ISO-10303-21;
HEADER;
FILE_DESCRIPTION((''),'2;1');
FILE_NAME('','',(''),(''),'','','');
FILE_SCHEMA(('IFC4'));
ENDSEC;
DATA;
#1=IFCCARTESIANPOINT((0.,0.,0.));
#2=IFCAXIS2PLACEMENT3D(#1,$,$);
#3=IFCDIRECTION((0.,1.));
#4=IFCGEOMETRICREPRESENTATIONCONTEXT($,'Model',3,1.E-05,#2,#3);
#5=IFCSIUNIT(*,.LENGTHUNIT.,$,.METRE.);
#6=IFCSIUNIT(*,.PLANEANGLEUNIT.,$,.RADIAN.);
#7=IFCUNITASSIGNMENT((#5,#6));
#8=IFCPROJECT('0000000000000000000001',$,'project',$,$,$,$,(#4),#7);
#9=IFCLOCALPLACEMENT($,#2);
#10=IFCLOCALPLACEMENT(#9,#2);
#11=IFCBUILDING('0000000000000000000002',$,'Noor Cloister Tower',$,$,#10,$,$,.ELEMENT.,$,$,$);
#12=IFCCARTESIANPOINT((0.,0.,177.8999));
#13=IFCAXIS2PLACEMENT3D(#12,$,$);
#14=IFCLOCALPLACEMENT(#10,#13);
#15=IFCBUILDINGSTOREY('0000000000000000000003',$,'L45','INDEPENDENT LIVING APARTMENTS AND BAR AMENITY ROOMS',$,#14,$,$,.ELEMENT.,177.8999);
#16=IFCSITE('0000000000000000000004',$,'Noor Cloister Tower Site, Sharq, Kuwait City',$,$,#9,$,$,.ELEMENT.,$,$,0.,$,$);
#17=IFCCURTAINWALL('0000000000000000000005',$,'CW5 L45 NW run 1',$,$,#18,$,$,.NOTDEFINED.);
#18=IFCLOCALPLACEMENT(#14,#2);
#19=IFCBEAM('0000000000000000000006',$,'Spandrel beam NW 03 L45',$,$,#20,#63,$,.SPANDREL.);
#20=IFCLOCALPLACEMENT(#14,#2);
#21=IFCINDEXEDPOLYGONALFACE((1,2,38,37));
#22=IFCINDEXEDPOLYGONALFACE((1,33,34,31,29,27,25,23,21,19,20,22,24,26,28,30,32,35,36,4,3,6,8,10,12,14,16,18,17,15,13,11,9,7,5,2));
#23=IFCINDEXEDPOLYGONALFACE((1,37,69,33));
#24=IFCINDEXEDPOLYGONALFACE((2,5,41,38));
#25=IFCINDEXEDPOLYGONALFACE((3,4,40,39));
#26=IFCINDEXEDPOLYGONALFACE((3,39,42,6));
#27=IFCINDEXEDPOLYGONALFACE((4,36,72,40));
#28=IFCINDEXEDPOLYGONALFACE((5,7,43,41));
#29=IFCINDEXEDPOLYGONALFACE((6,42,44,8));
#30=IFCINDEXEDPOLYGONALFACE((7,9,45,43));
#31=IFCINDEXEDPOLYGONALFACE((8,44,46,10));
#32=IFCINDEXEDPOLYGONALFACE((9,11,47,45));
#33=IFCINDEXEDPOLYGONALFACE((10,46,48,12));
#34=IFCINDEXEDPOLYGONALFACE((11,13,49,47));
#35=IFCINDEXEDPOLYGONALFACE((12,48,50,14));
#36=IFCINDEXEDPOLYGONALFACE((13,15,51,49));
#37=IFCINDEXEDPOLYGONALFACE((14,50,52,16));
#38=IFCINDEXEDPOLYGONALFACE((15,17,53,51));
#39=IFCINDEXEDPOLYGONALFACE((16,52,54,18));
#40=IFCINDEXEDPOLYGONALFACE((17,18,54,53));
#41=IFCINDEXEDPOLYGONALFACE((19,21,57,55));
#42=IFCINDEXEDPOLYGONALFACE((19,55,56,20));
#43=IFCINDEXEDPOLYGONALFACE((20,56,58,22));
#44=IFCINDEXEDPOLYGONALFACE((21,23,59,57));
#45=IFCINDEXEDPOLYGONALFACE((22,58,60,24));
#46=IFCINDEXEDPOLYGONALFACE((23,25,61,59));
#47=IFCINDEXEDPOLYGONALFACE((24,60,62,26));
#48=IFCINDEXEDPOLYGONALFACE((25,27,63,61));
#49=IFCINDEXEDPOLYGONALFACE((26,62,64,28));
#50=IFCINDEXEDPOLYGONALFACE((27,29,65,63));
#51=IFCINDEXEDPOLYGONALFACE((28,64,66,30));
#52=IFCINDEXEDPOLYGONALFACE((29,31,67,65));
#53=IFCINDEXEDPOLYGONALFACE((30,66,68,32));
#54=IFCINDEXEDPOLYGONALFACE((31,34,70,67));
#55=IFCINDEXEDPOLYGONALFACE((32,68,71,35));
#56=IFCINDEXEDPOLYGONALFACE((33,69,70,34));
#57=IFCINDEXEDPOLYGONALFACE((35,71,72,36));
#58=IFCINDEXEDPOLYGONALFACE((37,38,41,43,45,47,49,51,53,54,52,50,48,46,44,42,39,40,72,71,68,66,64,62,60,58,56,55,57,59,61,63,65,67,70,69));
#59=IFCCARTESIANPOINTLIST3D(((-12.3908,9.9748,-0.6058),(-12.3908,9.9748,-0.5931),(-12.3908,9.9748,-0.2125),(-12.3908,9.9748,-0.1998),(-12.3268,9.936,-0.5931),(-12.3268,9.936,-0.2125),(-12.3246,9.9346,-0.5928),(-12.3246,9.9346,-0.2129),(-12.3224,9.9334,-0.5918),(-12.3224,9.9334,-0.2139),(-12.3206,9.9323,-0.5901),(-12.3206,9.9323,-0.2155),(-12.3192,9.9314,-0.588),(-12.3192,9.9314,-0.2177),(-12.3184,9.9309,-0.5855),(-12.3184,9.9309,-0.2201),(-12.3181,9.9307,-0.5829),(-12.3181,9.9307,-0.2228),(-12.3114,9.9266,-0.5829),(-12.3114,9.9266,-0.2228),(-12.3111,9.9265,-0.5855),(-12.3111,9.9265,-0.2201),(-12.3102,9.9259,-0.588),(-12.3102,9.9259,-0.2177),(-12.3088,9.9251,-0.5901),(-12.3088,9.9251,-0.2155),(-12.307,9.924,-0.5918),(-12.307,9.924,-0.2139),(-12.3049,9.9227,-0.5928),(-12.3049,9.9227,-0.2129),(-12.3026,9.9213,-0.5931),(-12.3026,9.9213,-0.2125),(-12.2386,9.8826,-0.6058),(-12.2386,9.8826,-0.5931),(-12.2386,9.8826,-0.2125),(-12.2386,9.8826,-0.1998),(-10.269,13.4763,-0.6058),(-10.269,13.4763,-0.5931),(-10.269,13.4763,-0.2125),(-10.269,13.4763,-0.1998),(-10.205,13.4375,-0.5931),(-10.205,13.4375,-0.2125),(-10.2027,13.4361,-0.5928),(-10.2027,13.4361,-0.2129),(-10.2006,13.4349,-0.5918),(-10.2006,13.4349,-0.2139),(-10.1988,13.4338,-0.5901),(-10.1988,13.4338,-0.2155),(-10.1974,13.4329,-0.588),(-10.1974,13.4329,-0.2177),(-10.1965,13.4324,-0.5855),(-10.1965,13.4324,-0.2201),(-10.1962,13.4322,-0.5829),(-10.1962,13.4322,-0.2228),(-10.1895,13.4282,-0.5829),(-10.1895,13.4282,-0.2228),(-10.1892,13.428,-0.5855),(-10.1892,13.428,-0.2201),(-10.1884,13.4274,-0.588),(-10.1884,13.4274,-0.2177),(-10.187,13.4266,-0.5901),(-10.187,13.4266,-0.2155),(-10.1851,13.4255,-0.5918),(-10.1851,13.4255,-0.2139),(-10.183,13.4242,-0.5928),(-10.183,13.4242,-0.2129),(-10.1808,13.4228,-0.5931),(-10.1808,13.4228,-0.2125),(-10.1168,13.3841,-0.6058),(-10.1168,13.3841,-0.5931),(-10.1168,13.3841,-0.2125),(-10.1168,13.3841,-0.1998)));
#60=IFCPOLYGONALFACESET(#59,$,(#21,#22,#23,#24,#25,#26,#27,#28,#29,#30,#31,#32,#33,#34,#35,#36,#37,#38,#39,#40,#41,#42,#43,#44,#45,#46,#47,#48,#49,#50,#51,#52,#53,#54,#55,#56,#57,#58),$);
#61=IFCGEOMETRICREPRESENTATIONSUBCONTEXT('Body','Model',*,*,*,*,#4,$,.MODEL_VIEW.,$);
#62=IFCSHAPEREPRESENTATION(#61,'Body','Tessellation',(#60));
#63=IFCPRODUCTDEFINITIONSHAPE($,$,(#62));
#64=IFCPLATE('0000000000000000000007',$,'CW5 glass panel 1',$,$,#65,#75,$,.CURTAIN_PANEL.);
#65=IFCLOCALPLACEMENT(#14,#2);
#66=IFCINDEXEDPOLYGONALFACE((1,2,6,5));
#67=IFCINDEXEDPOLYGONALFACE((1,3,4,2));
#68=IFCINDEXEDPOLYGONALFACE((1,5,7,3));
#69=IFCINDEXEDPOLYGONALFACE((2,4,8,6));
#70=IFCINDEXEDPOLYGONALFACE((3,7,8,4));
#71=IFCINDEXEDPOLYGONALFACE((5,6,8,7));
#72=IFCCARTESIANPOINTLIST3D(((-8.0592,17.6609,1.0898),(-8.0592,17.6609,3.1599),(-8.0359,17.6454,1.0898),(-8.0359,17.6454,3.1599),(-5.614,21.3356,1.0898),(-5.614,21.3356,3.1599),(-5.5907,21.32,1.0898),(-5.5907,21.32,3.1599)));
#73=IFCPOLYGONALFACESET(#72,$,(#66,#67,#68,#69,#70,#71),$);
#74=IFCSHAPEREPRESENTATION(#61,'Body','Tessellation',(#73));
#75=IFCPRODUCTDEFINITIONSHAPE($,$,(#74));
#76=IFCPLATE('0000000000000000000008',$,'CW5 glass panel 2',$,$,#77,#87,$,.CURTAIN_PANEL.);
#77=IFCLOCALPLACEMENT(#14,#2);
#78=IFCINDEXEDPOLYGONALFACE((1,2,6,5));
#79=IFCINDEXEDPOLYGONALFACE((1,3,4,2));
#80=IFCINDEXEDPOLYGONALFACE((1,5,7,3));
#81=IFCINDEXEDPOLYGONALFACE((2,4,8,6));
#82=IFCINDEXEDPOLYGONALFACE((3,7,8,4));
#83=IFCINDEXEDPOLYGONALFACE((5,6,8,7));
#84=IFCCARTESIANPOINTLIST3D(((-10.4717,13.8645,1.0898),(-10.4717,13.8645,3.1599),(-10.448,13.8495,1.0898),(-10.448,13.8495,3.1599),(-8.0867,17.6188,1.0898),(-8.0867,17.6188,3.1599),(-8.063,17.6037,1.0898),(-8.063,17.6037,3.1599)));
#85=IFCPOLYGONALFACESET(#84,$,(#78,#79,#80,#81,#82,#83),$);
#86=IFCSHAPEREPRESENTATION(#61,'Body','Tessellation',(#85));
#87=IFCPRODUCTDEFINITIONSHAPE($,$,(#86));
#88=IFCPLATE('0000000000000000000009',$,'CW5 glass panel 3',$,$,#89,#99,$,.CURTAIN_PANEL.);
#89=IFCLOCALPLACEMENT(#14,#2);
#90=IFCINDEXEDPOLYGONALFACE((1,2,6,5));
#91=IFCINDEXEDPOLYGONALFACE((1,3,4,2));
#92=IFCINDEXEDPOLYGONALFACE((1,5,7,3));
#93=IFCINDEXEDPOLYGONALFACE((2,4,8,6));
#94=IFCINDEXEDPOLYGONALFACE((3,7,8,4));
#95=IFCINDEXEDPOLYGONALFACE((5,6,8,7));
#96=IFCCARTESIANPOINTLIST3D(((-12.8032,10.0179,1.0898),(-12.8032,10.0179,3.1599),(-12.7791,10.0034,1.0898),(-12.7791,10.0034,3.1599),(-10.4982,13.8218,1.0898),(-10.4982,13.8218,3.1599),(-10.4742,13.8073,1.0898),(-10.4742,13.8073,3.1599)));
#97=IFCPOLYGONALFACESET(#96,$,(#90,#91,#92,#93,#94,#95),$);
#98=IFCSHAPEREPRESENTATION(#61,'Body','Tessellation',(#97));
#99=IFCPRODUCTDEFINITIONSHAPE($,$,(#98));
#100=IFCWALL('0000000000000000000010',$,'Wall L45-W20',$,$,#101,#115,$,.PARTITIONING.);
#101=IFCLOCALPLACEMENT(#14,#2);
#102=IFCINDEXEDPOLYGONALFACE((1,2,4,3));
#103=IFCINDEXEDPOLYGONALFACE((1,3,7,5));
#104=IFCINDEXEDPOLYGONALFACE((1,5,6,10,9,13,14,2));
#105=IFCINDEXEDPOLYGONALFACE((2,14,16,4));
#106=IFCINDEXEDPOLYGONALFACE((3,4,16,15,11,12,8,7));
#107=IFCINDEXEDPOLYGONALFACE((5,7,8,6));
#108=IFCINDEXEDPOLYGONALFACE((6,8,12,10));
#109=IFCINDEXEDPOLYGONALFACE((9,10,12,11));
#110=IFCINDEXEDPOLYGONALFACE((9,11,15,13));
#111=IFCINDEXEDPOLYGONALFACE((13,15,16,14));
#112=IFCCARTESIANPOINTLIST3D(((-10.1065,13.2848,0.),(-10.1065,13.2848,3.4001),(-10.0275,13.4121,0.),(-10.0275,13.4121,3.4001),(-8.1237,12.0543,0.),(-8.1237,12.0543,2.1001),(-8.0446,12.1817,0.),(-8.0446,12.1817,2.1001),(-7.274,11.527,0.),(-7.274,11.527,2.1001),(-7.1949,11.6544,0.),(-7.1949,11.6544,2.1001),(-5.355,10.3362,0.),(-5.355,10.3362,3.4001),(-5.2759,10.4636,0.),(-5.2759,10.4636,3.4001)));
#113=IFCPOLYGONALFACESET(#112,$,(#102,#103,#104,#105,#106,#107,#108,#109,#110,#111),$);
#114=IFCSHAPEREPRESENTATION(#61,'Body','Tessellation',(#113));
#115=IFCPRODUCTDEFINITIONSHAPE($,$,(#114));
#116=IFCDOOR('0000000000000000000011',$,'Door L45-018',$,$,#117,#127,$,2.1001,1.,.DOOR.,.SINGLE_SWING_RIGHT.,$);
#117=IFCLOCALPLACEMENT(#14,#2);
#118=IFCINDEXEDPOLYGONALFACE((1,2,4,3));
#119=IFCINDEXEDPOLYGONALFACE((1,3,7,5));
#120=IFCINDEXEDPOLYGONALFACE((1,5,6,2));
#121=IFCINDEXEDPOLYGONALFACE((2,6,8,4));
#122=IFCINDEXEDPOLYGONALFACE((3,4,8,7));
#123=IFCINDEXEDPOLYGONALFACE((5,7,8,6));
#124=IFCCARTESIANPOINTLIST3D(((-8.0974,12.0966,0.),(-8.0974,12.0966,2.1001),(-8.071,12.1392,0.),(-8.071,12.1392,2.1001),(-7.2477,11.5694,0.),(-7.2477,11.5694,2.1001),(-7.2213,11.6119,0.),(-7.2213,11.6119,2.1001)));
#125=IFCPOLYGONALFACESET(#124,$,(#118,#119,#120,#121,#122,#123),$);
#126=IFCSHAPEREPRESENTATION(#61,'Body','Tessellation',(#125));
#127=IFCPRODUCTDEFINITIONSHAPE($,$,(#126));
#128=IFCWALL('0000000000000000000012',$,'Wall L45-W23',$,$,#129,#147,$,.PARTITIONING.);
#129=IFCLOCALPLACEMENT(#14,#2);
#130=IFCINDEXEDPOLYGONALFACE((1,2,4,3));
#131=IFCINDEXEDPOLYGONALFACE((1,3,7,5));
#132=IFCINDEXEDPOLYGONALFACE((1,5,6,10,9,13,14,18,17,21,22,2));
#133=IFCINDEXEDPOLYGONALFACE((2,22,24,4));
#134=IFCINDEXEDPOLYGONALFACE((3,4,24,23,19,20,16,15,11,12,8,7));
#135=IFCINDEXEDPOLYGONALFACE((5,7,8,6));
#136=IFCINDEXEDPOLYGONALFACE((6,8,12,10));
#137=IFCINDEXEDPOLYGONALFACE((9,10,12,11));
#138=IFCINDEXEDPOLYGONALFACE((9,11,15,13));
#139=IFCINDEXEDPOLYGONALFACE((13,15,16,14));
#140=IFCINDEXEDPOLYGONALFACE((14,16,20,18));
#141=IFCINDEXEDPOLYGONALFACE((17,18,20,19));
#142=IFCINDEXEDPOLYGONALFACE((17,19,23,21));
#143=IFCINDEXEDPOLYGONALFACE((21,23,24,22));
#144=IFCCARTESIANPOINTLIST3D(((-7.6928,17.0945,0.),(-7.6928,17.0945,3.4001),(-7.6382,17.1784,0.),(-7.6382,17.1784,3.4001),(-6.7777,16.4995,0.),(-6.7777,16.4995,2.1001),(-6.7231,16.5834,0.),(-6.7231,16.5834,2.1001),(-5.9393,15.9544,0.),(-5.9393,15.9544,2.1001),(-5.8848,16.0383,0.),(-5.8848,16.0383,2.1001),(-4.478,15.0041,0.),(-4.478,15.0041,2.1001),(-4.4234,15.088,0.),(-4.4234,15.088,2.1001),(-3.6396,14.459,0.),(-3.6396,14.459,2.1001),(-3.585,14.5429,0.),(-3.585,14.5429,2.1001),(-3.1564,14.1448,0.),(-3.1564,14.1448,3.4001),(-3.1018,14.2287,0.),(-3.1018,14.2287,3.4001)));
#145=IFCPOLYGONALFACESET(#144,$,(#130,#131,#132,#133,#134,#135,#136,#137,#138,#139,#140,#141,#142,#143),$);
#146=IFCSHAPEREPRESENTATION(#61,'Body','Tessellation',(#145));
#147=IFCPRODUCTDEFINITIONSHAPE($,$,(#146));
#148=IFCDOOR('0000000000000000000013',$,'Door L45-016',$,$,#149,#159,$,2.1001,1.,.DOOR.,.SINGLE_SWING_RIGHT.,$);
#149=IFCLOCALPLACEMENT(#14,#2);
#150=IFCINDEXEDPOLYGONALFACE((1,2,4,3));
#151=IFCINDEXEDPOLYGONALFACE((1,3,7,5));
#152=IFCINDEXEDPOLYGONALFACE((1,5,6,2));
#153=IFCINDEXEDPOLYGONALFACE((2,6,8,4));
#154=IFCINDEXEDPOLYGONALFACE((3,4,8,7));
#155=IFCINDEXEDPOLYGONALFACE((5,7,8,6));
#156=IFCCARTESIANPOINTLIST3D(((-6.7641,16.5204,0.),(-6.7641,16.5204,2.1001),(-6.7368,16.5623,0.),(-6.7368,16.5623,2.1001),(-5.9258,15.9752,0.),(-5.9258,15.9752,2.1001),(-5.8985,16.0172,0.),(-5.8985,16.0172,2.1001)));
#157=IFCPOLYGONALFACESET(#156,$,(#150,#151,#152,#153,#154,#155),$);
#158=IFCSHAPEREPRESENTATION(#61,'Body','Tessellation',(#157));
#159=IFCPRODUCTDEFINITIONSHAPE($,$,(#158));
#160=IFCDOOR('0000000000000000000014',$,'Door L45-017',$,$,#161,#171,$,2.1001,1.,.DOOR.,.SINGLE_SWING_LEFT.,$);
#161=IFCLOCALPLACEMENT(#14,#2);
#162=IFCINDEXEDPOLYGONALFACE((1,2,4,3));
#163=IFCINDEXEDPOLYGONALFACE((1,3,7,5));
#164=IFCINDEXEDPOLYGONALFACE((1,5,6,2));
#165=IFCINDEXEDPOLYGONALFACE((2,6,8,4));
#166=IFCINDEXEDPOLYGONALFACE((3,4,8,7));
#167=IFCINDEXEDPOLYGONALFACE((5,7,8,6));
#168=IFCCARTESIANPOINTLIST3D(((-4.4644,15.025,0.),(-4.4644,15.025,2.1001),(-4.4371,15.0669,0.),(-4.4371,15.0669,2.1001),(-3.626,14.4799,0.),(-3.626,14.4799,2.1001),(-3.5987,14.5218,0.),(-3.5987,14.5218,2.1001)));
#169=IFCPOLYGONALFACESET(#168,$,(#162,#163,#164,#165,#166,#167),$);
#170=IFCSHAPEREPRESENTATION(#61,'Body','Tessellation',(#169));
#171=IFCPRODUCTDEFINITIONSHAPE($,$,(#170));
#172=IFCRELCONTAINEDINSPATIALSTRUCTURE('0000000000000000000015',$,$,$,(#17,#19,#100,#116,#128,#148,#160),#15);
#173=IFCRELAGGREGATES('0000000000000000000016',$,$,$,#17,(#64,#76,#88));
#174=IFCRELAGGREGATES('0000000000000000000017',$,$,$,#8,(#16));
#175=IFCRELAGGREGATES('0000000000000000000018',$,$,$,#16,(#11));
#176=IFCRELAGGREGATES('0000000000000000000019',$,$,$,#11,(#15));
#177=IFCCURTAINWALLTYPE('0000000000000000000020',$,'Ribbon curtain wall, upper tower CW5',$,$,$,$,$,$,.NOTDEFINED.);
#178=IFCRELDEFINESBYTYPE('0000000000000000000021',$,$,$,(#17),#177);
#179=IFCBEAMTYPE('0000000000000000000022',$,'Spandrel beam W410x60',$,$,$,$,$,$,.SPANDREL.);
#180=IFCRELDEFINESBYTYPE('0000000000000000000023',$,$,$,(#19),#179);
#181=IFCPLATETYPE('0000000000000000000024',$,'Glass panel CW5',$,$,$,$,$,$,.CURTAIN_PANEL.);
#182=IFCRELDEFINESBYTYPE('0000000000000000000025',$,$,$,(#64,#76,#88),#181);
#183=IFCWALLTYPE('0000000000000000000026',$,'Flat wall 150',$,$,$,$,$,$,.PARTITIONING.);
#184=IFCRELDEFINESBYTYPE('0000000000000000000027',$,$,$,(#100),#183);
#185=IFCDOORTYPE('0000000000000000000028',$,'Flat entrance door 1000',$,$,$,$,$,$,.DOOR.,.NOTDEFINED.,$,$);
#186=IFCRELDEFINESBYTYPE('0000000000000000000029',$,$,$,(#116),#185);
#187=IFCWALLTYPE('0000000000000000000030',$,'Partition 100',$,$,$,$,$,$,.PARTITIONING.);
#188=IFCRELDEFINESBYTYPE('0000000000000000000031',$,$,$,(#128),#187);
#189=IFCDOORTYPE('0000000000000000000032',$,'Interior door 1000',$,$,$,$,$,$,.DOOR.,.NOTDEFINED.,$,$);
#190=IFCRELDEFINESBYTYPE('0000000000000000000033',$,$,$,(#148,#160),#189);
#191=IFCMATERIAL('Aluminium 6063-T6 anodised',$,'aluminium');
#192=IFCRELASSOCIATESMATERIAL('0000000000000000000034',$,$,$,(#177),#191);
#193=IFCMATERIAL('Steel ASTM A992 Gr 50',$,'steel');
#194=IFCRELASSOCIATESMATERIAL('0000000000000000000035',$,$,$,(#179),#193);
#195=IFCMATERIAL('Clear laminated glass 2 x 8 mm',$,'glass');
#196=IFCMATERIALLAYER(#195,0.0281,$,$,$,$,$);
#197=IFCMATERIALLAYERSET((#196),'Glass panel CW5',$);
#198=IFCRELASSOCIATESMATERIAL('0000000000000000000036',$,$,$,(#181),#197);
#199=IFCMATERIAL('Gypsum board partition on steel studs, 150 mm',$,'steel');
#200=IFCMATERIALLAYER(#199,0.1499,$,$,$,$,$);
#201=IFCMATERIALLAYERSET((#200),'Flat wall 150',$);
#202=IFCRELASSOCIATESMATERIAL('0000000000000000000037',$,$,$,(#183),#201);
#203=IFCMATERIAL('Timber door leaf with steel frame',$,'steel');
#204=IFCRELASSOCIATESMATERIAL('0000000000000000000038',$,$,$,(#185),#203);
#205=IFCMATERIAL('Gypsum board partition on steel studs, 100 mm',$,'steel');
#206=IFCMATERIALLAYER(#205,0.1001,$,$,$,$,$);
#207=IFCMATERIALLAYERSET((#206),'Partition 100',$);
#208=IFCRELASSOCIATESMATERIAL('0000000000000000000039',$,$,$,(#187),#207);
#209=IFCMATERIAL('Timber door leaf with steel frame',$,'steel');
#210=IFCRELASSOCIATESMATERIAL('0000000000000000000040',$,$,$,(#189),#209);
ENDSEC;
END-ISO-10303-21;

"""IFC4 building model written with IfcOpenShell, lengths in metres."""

from ifc_helpers import new_model, si_unit, direction, frame, frame_2d, origin, origin_2d, place, context, subcontext, project, spatial, rectangle, i_section, extrude, material, layer, layer_set, material_profile, profile_set, type_object, element, fill, aggregate, save


model = new_model("IFC4")

# Units and contexts
model_context = context("Model", 3, precision=1e-05, world=origin(), true_north=direction((0.0, 1.0)))
body_context = subcontext(model_context, "Body", "Model", "MODEL_VIEW")
ifc_project = project(units=[si_unit("LENGTHUNIT", "METRE"), si_unit("PLANEANGLEUNIT", "RADIAN")], contexts=[model_context])

# Site, building, storey
site_placement = place(None, origin())
site = spatial("IfcSite", under=ifc_project, at=site_placement, Name="Noor Cloister Tower Site, Sharq, Kuwait City", CompositionType="ELEMENT", RefElevation=0.0)
building_placement = place(site_placement, origin())
building = spatial("IfcBuilding", under=site, at=building_placement, Name="Noor Cloister Tower", CompositionType="ELEMENT")
storey_placement = place(building_placement, frame((0.0, 0.0, 177.8999)))
storey = spatial("IfcBuildingStorey", under=building, at=storey_placement, Name="L45", Description="INDEPENDENT LIVING APARTMENTS AND BAR AMENITY ROOMS", CompositionType="ELEMENT", Elevation=177.8999)

# Curtain wall
ifc_material_1 = material(Name="Aluminium 6063-T6 anodised", Category="aluminium")
curtain_wall_type = type_object("IfcCurtainWallType", Name="Ribbon curtain wall, upper tower CW5", PredefinedType="NOTDEFINED", material=ifc_material_1)
curtain_wall_placement = place(storey_placement, origin())
curtain_wall = element("IfcCurtainWall", 1, at=curtain_wall_placement, inside=storey, type_object=curtain_wall_type, Name="CW5 L45 NW run 1", PredefinedType="NOTDEFINED")

# Beam
ifc_material_2 = material(Name="Steel ASTM A992 Gr 50", Category="steel")
ifc_material_profile_1 = material_profile(ifc_material_2, i_section(OverallWidth=0.178, OverallDepth=0.406, WebThickness=0.0078, FlangeThickness=0.0127, FilletRadius=0.0103, at=origin_2d()), Name="W410x60")
ifc_profile_set_1 = profile_set([ifc_material_profile_1], Name="Steel ASTM A992 Gr 50")
beam_type_1 = type_object("IfcBeamType", Name="Spandrel beam W410x60", PredefinedType="SPANDREL", material=ifc_profile_set_1)
for number, where, z_axis, x_axis, name in (
    (2, (-10.1929, 13.4302, -0.4028), (-0.518253, -0.855227, 0.0), (0.855227, -0.518253, 0.0), "Spandrel beam NW 03 L45"),
):
    element("IfcBeam", number, at=place(storey_placement, frame(where, z_axis=z_axis, x_axis=x_axis)), inside=storey, type_object=beam_type_1, Name=name, PredefinedType="SPANDREL", context=body_context, shape_type="SweptSolid", body=[
        extrude(i_section(OverallWidth=0.178, OverallDepth=0.406, WebThickness=0.0078, FlangeThickness=0.0127, FilletRadius=0.0103, at=origin_2d()), origin(), (0.0, 0.0, 1.0), 4.0942),
    ])

# Plates
ifc_material_3 = material(Name="Clear laminated glass 2 x 8 mm", Category="glass")
ifc_layer_1 = layer(ifc_material_3, 0.0281)
ifc_layer_set_1 = layer_set([ifc_layer_1], Name="Glass panel CW5")
plate_type = type_object("IfcPlateType", Name="Glass panel CW5", PredefinedType="CURTAIN_PANEL", material=ifc_layer_set_1)
plate_1_placement = place(storey_placement, frame((-6.825, 19.4905, 1.0898), z_axis=(0.0, 0.0, 1.0), x_axis=(-0.553985, -0.832527, 0.0)))
plate_1 = element("IfcPlate", 3, at=plate_1_placement, type_object=plate_type, Name="CW5 glass panel 1", PredefinedType="CURTAIN_PANEL", context=body_context, shape_type="SweptSolid", body=[
    extrude(rectangle(XDim=4.4138, YDim=0.0281, at=origin_2d()), origin(), (0.0, 0.0, 1.0), 2.0701),
])
plate_2_placement = place(storey_placement, frame((-9.2673, 15.7341, 1.0898), z_axis=(0.0, 0.0, 1.0), x_axis=(-0.536228, -0.844073, 0.0)))
plate_2 = element("IfcPlate", 4, at=plate_2_placement, type_object=plate_type, Name="CW5 glass panel 2", PredefinedType="CURTAIN_PANEL", context=body_context, shape_type="SweptSolid", body=[
    extrude(rectangle(XDim=4.4478, YDim=0.0281, at=origin_2d()), origin(), (0.0, 0.0, 1.0), 2.0701),
])
plate_3_placement = place(storey_placement, frame((-11.6387, 11.9126, 1.0898), z_axis=(0.0, 0.0, 1.0), x_axis=(-0.51823, -0.855241, 0.0)))
plate_3 = element("IfcPlate", 5, at=plate_3_placement, type_object=plate_type, Name="CW5 glass panel 3", PredefinedType="CURTAIN_PANEL", context=body_context, shape_type="SweptSolid", body=[
    extrude(rectangle(XDim=4.4478, YDim=0.0281, at=origin_2d()), origin(), (0.0, 0.0, 1.0), 2.0701),
])
aggregate(curtain_wall, [plate_1, plate_2, plate_3])

# Wall, opening, door
ifc_material_4 = material(Name="Gypsum board partition on steel studs, 150 mm", Category="steel")
ifc_layer_2 = layer(ifc_material_4, 0.1499)
ifc_layer_set_2 = layer_set([ifc_layer_2], Name="Flat wall 150")
wall_type_1 = type_object("IfcWallType", Name="Flat wall 150", PredefinedType="PARTITIONING", material=ifc_layer_set_2)
wall_1_placement = place(storey_placement, frame((-10.0669, 13.3484, 0.0), z_axis=(0.0, 0.0, 1.0), x_axis=(0.849696, -0.527273, 0.0)))
wall_1 = element("IfcWall", 6, at=wall_1_placement, inside=storey, type_object=wall_type_1, Name="Wall L45-W20", PredefinedType="PARTITIONING", context=body_context, shape_type="SweptSolid", body=[
    extrude(rectangle(XDim=5.592, YDim=0.1499, at=frame_2d((2.7959, 0.0))), origin(), (0.0, 0.0, 1.0), 3.4001),
])
opening_1_placement = place(wall_1_placement, frame((2.3335, 0.0, 0.0)))
opening_1 = element("IfcOpeningElement", 7, at=opening_1_placement, cuts=wall_1, PredefinedType="OPENING", context=body_context, shape_type="SweptSolid", body=[
    extrude(rectangle(XDim=1.0, YDim=2.1001, at=frame_2d((0.5, 1.05))), frame((0.0, 0.085, 0.0), z_axis=(0.0, -1.0, 0.0), x_axis=(1.0, 0.0, 0.0)), (0.0, 0.0, 1.0), 0.1699),
])
ifc_material_5 = material(Name="Timber door leaf with steel frame", Category="steel")
door_type_1 = type_object("IfcDoorType", Name="Flat entrance door 1000", OperationType="NOTDEFINED", PredefinedType="DOOR", material=ifc_material_5)
door_1_placement = place(opening_1_placement, origin())
door_1 = element("IfcDoor", 8, at=door_1_placement, inside=storey, type_object=door_type_1, Name="Door L45-018", OperationType="SINGLE_SWING_RIGHT", OverallHeight=2.1001, OverallWidth=1.0, PredefinedType="DOOR", context=body_context, shape_type="SweptSolid", body=[
    extrude(rectangle(XDim=1.0, YDim=2.1001, at=frame_2d((0.5, 1.05))), frame((0.0, 0.0249, 0.0), z_axis=(0.0, -1.0, 0.0), x_axis=(1.0, 0.0, 0.0)), (0.0, 0.0, 1.0), 0.05),
])
fill(opening_1, door_1)

# Wall, openings, doors
ifc_material_6 = material(Name="Gypsum board partition on steel studs, 100 mm", Category="steel")
ifc_layer_3 = layer(ifc_material_6, 0.1001)
ifc_layer_set_3 = layer_set([ifc_layer_3], Name="Partition 100")
wall_type_2 = type_object("IfcWallType", Name="Partition 100", PredefinedType="PARTITIONING", material=ifc_layer_set_3)
wall_2_placement = place(storey_placement, frame((-7.6655, 17.1365, 0.0), z_axis=(0.0, 0.0, 1.0), x_axis=(0.838354, -0.545126, 0.0)))
wall_2 = element("IfcWall", 9, at=wall_2_placement, inside=storey, type_object=wall_type_2, Name="Wall L45-W23", PredefinedType="PARTITIONING", context=body_context, shape_type="SweptSolid", body=[
    extrude(rectangle(XDim=5.4111, YDim=0.1001, at=frame_2d((2.7056, 0.0))), origin(), (0.0, 0.0, 1.0), 3.4001),
])
opening_2_placement = place(wall_2_placement, frame((1.0916, 0.0, 0.0)))
opening_2 = element("IfcOpeningElement", 10, at=opening_2_placement, cuts=wall_2, PredefinedType="OPENING", context=body_context, shape_type="SweptSolid", body=[
    extrude(rectangle(XDim=1.0, YDim=2.1001, at=frame_2d((0.5, 1.05))), frame((0.0, 0.0601, 0.0), z_axis=(0.0, -1.0, 0.0), x_axis=(1.0, 0.0, 0.0)), (0.0, 0.0, 1.0), 0.1201),
])
opening_3_placement = place(wall_2_placement, frame((3.8347, 0.0, 0.0)))
opening_3 = element("IfcOpeningElement", 11, at=opening_3_placement, cuts=wall_2, PredefinedType="OPENING", context=body_context, shape_type="SweptSolid", body=[
    extrude(rectangle(XDim=1.0, YDim=2.1001, at=frame_2d((0.5, 1.05))), frame((0.0, 0.0601, 0.0), z_axis=(0.0, -1.0, 0.0), x_axis=(1.0, 0.0, 0.0)), (0.0, 0.0, 1.0), 0.1201),
])
ifc_material_7 = material(Name="Timber door leaf with steel frame", Category="steel")
door_type_2 = type_object("IfcDoorType", Name="Interior door 1000", OperationType="NOTDEFINED", PredefinedType="DOOR", material=ifc_material_7)
door_2_placement = place(opening_2_placement, origin())
door_2 = element("IfcDoor", 12, at=door_2_placement, inside=storey, type_object=door_type_2, Name="Door L45-016", OperationType="SINGLE_SWING_RIGHT", OverallHeight=2.1001, OverallWidth=1.0, PredefinedType="DOOR", context=body_context, shape_type="SweptSolid", body=[
    extrude(rectangle(XDim=1.0, YDim=2.1001, at=frame_2d((0.5, 1.05))), frame((0.0, 0.0249, 0.0), z_axis=(0.0, -1.0, 0.0), x_axis=(1.0, 0.0, 0.0)), (0.0, 0.0, 1.0), 0.05),
])
fill(opening_2, door_2)
door_3_placement = place(opening_3_placement, origin())
door_3 = element("IfcDoor", 13, at=door_3_placement, inside=storey, type_object=door_type_2, Name="Door L45-017", OperationType="SINGLE_SWING_LEFT", OverallHeight=2.1001, OverallWidth=1.0, PredefinedType="DOOR", context=body_context, shape_type="SweptSolid", body=[
    extrude(rectangle(XDim=1.0, YDim=2.1001, at=frame_2d((0.5, 1.05))), frame((0.0, 0.0249, 0.0), z_axis=(0.0, -1.0, 0.0), x_axis=(1.0, 0.0, 0.0)), (0.0, 0.0, 1.0), 0.05),
])
fill(opening_3, door_3)

save(model, "model.ifc")
